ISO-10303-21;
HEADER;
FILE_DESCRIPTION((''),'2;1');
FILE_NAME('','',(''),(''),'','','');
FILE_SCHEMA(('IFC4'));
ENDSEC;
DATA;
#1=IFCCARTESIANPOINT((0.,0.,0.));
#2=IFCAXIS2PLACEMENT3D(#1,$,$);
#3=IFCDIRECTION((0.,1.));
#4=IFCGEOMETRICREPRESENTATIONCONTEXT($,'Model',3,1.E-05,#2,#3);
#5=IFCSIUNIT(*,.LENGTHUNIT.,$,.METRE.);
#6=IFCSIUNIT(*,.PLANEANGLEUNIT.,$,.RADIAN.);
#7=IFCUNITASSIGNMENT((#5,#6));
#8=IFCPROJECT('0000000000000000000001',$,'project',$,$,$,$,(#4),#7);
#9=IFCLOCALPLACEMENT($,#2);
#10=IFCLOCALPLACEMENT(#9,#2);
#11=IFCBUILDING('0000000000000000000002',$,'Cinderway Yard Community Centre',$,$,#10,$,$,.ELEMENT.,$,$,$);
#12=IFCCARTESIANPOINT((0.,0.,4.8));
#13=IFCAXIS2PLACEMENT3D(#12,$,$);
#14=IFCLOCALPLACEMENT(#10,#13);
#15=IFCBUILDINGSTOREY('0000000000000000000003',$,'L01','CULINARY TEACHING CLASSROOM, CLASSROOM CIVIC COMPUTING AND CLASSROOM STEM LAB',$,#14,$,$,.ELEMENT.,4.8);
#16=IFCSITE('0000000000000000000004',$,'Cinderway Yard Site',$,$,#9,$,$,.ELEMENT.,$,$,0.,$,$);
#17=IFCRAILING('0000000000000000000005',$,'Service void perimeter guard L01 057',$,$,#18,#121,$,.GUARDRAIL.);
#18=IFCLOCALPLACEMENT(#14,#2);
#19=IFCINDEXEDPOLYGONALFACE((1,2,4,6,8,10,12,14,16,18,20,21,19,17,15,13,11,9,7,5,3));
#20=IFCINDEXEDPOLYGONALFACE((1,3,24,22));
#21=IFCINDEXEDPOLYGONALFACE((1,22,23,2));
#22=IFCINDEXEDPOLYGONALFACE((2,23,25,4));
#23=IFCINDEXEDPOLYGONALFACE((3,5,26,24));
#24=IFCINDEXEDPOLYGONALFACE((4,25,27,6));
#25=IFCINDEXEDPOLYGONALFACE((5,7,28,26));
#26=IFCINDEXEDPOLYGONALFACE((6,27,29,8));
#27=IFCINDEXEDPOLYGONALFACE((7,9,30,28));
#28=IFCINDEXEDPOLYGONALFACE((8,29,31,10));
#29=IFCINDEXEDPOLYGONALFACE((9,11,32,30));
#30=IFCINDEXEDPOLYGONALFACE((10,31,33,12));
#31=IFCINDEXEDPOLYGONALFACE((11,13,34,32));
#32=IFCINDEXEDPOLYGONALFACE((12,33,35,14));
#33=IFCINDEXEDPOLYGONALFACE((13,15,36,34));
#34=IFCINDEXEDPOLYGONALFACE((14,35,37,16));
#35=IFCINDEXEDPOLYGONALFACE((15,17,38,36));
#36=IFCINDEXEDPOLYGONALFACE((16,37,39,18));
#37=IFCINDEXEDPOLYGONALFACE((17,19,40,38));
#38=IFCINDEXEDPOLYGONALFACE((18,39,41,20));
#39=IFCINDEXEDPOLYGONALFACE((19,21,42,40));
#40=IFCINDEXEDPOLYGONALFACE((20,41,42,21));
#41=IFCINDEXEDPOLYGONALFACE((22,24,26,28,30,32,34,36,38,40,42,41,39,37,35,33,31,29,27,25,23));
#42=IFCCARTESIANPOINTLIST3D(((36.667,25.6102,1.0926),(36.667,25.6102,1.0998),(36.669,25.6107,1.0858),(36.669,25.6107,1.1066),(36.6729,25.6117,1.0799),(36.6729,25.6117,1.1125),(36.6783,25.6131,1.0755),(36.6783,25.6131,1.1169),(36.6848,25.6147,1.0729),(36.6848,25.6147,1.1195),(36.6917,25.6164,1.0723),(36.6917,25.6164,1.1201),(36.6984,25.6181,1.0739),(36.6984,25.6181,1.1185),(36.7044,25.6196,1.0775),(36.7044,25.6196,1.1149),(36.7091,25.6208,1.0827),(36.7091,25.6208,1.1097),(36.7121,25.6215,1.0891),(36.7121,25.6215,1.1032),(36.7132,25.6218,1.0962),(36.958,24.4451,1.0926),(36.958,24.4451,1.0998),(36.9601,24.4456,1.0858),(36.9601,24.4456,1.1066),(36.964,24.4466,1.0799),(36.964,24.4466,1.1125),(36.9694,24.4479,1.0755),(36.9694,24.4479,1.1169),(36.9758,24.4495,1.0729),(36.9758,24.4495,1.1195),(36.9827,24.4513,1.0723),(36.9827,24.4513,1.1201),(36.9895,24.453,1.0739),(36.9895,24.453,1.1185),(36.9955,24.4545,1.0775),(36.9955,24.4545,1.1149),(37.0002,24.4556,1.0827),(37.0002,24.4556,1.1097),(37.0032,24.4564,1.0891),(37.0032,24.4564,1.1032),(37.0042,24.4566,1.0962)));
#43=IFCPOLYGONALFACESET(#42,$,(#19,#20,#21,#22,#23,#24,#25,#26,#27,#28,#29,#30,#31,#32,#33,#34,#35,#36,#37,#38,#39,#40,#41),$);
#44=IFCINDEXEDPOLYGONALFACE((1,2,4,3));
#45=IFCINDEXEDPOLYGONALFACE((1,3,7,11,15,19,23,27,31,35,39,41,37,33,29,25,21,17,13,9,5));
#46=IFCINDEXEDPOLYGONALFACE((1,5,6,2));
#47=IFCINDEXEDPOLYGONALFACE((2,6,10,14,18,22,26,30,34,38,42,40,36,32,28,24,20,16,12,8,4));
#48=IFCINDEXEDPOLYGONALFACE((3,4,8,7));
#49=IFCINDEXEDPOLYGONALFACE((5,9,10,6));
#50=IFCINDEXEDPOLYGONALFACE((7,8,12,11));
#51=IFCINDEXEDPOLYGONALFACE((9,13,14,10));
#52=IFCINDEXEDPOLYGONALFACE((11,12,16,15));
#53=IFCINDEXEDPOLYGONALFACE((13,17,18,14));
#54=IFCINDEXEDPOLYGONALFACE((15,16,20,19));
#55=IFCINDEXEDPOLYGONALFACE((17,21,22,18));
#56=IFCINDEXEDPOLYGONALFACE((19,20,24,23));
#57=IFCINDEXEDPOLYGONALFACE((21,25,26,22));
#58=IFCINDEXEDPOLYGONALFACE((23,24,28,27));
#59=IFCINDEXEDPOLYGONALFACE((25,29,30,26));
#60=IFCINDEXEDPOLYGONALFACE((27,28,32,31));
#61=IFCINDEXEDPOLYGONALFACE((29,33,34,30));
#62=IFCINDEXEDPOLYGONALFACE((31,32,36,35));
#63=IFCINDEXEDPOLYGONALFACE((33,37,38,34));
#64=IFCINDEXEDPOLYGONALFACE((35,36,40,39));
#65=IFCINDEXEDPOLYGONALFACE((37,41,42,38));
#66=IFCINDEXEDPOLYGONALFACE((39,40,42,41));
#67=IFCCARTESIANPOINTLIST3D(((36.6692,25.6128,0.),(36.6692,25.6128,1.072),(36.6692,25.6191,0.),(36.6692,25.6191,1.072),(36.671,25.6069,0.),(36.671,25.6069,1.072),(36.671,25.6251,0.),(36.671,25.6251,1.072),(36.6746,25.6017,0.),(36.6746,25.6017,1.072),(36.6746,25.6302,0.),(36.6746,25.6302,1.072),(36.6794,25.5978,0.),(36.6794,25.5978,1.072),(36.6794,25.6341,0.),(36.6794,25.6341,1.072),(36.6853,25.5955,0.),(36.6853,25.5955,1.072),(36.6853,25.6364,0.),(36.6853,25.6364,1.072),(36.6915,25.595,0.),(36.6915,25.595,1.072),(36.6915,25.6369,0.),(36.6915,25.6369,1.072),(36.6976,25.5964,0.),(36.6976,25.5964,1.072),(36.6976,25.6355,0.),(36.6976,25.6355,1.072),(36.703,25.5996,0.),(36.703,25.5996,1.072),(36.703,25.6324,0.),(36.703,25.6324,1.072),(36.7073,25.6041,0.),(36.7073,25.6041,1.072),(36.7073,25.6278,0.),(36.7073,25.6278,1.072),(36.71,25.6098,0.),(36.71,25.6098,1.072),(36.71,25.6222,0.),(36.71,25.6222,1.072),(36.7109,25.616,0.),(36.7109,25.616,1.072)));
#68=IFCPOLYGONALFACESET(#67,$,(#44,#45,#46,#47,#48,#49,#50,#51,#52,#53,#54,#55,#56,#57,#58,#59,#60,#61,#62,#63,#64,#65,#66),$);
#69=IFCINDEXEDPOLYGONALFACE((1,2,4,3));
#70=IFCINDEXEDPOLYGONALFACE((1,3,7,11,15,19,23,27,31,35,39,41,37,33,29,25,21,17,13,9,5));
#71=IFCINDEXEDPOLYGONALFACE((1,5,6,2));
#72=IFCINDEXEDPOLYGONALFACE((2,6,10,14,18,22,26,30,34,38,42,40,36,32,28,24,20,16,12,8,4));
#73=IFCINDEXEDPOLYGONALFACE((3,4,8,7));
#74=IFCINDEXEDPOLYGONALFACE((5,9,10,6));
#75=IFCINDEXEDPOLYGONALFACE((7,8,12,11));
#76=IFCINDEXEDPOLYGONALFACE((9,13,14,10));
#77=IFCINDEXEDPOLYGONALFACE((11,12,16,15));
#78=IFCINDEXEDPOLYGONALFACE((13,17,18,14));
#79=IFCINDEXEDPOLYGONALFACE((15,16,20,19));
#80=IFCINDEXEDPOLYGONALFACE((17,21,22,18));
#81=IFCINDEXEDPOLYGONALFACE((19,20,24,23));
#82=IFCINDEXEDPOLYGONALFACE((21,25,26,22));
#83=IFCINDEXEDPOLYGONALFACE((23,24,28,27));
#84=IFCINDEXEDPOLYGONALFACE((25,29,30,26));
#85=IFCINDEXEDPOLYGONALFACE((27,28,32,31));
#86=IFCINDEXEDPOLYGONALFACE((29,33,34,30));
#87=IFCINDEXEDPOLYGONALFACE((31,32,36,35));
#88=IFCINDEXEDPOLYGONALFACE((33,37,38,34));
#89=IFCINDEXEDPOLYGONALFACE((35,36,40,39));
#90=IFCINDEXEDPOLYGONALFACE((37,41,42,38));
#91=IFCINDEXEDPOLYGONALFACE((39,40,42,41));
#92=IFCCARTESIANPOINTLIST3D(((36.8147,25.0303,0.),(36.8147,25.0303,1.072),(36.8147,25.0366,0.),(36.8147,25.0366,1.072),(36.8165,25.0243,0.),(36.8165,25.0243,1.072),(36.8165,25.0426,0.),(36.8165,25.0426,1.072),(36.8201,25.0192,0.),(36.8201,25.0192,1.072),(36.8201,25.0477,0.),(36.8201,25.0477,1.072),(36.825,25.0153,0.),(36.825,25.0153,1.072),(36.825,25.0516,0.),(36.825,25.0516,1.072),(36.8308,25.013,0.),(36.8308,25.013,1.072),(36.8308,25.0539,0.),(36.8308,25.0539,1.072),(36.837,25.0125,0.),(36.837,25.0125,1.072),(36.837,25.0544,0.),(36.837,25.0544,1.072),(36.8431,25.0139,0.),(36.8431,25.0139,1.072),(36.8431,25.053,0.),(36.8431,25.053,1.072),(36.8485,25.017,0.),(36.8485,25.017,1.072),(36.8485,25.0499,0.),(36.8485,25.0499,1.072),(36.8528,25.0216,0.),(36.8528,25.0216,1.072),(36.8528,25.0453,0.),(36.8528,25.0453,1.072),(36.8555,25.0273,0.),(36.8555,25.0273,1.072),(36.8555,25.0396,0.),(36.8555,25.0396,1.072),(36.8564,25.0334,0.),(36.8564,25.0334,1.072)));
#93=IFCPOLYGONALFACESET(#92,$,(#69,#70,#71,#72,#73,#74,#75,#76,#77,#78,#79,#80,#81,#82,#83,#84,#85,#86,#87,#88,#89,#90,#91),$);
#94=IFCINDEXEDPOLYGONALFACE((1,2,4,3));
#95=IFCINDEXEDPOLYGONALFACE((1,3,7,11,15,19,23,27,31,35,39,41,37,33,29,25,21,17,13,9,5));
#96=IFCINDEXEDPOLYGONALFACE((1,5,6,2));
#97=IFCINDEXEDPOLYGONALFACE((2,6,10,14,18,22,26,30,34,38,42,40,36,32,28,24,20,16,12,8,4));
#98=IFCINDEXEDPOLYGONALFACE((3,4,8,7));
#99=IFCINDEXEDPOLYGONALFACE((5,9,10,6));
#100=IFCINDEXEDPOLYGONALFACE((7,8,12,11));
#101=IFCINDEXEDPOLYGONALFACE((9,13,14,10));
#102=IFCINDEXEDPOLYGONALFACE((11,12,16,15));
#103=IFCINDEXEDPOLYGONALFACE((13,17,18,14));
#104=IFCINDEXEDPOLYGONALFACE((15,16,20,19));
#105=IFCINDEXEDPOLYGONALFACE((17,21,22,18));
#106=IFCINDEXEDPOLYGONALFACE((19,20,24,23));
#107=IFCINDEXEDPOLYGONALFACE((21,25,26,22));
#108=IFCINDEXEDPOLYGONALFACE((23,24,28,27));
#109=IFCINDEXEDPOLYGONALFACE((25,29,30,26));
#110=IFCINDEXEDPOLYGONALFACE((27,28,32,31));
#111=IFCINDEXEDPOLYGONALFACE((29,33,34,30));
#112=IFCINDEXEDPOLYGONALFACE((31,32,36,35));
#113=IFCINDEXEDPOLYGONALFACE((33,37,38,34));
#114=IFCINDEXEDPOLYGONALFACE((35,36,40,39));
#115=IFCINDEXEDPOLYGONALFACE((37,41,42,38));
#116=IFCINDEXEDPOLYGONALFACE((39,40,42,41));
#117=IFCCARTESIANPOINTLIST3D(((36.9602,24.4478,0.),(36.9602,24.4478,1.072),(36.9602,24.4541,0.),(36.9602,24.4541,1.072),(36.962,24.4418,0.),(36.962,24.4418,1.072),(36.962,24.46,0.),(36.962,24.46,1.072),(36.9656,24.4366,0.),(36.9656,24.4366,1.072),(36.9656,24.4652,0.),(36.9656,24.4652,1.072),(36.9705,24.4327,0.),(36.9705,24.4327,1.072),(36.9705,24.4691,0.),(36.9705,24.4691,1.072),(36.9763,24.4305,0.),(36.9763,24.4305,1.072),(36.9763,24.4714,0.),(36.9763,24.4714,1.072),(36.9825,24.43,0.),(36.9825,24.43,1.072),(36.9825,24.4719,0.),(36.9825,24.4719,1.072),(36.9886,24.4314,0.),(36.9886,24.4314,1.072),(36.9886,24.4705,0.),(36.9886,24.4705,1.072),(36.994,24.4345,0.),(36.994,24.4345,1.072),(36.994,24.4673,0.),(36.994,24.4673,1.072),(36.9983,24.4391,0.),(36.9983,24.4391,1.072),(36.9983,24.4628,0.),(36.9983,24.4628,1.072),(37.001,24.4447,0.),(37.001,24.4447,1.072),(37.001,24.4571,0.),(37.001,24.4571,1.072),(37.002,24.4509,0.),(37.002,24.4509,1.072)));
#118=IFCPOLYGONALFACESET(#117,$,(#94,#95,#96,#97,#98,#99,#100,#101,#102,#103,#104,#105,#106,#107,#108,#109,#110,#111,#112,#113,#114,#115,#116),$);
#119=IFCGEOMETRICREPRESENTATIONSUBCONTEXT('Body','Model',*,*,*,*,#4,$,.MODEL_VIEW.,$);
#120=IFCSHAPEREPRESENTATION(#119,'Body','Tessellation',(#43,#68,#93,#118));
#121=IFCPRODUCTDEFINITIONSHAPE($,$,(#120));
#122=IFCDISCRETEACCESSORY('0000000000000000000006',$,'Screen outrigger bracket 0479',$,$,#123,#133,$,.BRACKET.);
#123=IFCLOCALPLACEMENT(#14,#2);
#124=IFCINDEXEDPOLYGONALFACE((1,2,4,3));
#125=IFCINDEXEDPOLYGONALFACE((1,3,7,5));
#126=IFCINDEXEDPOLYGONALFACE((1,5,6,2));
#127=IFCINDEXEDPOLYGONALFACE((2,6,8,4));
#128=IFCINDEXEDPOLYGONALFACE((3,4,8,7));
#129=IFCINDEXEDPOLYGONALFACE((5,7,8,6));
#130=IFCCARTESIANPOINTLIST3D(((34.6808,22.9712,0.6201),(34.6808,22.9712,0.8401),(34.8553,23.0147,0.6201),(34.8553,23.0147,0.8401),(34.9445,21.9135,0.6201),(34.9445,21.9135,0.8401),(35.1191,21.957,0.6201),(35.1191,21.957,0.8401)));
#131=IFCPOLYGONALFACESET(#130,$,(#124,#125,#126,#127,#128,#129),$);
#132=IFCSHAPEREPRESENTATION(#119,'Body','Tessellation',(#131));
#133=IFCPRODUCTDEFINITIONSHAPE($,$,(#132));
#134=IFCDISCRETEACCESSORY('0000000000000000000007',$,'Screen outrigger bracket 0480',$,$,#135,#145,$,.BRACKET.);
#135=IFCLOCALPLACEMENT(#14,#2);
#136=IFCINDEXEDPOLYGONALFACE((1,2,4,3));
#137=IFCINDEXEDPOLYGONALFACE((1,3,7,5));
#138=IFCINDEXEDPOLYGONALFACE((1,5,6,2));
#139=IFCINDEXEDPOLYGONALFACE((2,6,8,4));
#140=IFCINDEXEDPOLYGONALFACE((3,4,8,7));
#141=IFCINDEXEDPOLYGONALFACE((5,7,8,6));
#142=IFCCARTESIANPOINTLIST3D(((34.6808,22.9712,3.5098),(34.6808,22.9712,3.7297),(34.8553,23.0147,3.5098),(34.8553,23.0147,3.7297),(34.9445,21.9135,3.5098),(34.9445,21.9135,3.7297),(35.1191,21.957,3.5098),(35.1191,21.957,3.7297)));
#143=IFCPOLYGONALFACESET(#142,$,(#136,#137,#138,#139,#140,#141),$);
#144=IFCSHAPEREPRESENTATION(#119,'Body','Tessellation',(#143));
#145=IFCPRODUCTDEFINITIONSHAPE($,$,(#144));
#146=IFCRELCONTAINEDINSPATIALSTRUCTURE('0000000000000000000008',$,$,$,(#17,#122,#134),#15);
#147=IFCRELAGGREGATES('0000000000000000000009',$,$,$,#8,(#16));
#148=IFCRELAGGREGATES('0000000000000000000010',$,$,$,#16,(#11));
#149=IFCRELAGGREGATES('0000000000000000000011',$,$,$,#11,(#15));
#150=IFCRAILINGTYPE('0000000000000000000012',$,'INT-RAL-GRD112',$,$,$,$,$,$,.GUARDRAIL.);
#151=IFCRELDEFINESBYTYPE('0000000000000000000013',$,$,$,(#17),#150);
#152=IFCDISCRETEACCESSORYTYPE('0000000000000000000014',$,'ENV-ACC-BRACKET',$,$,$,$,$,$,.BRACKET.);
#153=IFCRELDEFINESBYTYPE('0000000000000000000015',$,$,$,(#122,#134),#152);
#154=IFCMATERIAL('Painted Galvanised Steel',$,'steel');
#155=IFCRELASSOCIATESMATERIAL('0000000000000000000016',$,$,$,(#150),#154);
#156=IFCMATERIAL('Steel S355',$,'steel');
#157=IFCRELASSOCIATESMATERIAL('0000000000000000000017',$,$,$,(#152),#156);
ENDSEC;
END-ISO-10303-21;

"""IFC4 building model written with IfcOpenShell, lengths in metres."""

from ifc_helpers import new_model, si_unit, direction, frame, origin, origin_2d, place, context, subcontext, project, spatial, rectangle, circle, extrude, material, type_object, element, save


model = new_model("IFC4")

# Units and contexts
model_context = context("Model", 3, precision=1e-05, world=origin(), true_north=direction((0.0, 1.0)))
body_context = subcontext(model_context, "Body", "Model", "MODEL_VIEW")
ifc_project = project(units=[si_unit("LENGTHUNIT", "METRE"), si_unit("PLANEANGLEUNIT", "RADIAN")], contexts=[model_context])

# Site, building, storey
site_placement = place(None, origin())
site = spatial("IfcSite", under=ifc_project, at=site_placement, Name="Cinderway Yard Site", CompositionType="ELEMENT", RefElevation=0.0)
building_placement = place(site_placement, origin())
building = spatial("IfcBuilding", under=site, at=building_placement, Name="Cinderway Yard Community Centre", CompositionType="ELEMENT")
storey_placement = place(building_placement, frame((0.0, 0.0, 4.8)))
storey = spatial("IfcBuildingStorey", under=building, at=storey_placement, Name="L01", Description="CULINARY TEACHING CLASSROOM, CLASSROOM CIVIC COMPUTING AND CLASSROOM STEM LAB", CompositionType="ELEMENT", Elevation=4.8)

# Shared definitions
ifc_material_1 = material(Name="Steel S355", Category="steel")

# Railing
ifc_material_2 = material(Name="Painted Galvanised Steel", Category="steel")
railing_type = type_object("IfcRailingType", Name="INT-RAL-GRD112", PredefinedType="GUARDRAIL", material=ifc_material_2)
railing_placement = place(storey_placement, frame((36.6899, 25.616, 0.0)))
element("IfcRailing", 1, at=railing_placement, inside=storey, type_object=railing_type, Name="Service void perimeter guard L01 057", PredefinedType="GUARDRAIL", context=body_context, shape_type="SweptSolid", body=[
    extrude(circle(Radius=0.0239, at=origin_2d()), frame((0.0, 0.0, 1.0962), z_axis=(0.242344, -0.97019, 0.0), x_axis=(0.97019, 0.242344, 0.0)), (0.0, 0.0, 1.0), 1.2009),
    extrude(circle(Radius=0.021, at=origin_2d()), origin(), (0.0, 0.0, 1.0), 1.072),
    extrude(circle(Radius=0.021, at=origin_2d()), frame((0.1455, -0.5825, 0.0)), (0.0, 0.0, 1.0), 1.072),
    extrude(circle(Radius=0.021, at=origin_2d()), frame((0.291, -1.165, 0.0)), (0.0, 0.0, 1.0), 1.072),
])

# Discrete accessories
discrete_accessory_type = type_object("IfcDiscreteAccessoryType", Name="ENV-ACC-BRACKET", PredefinedType="BRACKET", material=ifc_material_1)
for number, where, z_axis, x_axis, name in (
    (2, (34.8999, 22.4641, 0.6201), (0.0, 0.0, 1.0), (0.241922, -0.970296, 0.0), "Screen outrigger bracket 0479"),
    (3, (34.8999, 22.4641, 3.5098), (0.0, 0.0, 1.0), (0.241922, -0.970296, 0.0), "Screen outrigger bracket 0480"),
):
    element("IfcDiscreteAccessory", number, at=place(storey_placement, frame(where, z_axis=z_axis, x_axis=x_axis)), inside=storey, type_object=discrete_accessory_type, Name=name, PredefinedType="BRACKET", context=body_context, shape_type="SweptSolid", body=[
        extrude(rectangle(XDim=1.0901, YDim=0.1799, at=origin_2d()), origin(), (0.0, 0.0, 1.0), 0.22),
    ])

save(model, "model.ifc")
